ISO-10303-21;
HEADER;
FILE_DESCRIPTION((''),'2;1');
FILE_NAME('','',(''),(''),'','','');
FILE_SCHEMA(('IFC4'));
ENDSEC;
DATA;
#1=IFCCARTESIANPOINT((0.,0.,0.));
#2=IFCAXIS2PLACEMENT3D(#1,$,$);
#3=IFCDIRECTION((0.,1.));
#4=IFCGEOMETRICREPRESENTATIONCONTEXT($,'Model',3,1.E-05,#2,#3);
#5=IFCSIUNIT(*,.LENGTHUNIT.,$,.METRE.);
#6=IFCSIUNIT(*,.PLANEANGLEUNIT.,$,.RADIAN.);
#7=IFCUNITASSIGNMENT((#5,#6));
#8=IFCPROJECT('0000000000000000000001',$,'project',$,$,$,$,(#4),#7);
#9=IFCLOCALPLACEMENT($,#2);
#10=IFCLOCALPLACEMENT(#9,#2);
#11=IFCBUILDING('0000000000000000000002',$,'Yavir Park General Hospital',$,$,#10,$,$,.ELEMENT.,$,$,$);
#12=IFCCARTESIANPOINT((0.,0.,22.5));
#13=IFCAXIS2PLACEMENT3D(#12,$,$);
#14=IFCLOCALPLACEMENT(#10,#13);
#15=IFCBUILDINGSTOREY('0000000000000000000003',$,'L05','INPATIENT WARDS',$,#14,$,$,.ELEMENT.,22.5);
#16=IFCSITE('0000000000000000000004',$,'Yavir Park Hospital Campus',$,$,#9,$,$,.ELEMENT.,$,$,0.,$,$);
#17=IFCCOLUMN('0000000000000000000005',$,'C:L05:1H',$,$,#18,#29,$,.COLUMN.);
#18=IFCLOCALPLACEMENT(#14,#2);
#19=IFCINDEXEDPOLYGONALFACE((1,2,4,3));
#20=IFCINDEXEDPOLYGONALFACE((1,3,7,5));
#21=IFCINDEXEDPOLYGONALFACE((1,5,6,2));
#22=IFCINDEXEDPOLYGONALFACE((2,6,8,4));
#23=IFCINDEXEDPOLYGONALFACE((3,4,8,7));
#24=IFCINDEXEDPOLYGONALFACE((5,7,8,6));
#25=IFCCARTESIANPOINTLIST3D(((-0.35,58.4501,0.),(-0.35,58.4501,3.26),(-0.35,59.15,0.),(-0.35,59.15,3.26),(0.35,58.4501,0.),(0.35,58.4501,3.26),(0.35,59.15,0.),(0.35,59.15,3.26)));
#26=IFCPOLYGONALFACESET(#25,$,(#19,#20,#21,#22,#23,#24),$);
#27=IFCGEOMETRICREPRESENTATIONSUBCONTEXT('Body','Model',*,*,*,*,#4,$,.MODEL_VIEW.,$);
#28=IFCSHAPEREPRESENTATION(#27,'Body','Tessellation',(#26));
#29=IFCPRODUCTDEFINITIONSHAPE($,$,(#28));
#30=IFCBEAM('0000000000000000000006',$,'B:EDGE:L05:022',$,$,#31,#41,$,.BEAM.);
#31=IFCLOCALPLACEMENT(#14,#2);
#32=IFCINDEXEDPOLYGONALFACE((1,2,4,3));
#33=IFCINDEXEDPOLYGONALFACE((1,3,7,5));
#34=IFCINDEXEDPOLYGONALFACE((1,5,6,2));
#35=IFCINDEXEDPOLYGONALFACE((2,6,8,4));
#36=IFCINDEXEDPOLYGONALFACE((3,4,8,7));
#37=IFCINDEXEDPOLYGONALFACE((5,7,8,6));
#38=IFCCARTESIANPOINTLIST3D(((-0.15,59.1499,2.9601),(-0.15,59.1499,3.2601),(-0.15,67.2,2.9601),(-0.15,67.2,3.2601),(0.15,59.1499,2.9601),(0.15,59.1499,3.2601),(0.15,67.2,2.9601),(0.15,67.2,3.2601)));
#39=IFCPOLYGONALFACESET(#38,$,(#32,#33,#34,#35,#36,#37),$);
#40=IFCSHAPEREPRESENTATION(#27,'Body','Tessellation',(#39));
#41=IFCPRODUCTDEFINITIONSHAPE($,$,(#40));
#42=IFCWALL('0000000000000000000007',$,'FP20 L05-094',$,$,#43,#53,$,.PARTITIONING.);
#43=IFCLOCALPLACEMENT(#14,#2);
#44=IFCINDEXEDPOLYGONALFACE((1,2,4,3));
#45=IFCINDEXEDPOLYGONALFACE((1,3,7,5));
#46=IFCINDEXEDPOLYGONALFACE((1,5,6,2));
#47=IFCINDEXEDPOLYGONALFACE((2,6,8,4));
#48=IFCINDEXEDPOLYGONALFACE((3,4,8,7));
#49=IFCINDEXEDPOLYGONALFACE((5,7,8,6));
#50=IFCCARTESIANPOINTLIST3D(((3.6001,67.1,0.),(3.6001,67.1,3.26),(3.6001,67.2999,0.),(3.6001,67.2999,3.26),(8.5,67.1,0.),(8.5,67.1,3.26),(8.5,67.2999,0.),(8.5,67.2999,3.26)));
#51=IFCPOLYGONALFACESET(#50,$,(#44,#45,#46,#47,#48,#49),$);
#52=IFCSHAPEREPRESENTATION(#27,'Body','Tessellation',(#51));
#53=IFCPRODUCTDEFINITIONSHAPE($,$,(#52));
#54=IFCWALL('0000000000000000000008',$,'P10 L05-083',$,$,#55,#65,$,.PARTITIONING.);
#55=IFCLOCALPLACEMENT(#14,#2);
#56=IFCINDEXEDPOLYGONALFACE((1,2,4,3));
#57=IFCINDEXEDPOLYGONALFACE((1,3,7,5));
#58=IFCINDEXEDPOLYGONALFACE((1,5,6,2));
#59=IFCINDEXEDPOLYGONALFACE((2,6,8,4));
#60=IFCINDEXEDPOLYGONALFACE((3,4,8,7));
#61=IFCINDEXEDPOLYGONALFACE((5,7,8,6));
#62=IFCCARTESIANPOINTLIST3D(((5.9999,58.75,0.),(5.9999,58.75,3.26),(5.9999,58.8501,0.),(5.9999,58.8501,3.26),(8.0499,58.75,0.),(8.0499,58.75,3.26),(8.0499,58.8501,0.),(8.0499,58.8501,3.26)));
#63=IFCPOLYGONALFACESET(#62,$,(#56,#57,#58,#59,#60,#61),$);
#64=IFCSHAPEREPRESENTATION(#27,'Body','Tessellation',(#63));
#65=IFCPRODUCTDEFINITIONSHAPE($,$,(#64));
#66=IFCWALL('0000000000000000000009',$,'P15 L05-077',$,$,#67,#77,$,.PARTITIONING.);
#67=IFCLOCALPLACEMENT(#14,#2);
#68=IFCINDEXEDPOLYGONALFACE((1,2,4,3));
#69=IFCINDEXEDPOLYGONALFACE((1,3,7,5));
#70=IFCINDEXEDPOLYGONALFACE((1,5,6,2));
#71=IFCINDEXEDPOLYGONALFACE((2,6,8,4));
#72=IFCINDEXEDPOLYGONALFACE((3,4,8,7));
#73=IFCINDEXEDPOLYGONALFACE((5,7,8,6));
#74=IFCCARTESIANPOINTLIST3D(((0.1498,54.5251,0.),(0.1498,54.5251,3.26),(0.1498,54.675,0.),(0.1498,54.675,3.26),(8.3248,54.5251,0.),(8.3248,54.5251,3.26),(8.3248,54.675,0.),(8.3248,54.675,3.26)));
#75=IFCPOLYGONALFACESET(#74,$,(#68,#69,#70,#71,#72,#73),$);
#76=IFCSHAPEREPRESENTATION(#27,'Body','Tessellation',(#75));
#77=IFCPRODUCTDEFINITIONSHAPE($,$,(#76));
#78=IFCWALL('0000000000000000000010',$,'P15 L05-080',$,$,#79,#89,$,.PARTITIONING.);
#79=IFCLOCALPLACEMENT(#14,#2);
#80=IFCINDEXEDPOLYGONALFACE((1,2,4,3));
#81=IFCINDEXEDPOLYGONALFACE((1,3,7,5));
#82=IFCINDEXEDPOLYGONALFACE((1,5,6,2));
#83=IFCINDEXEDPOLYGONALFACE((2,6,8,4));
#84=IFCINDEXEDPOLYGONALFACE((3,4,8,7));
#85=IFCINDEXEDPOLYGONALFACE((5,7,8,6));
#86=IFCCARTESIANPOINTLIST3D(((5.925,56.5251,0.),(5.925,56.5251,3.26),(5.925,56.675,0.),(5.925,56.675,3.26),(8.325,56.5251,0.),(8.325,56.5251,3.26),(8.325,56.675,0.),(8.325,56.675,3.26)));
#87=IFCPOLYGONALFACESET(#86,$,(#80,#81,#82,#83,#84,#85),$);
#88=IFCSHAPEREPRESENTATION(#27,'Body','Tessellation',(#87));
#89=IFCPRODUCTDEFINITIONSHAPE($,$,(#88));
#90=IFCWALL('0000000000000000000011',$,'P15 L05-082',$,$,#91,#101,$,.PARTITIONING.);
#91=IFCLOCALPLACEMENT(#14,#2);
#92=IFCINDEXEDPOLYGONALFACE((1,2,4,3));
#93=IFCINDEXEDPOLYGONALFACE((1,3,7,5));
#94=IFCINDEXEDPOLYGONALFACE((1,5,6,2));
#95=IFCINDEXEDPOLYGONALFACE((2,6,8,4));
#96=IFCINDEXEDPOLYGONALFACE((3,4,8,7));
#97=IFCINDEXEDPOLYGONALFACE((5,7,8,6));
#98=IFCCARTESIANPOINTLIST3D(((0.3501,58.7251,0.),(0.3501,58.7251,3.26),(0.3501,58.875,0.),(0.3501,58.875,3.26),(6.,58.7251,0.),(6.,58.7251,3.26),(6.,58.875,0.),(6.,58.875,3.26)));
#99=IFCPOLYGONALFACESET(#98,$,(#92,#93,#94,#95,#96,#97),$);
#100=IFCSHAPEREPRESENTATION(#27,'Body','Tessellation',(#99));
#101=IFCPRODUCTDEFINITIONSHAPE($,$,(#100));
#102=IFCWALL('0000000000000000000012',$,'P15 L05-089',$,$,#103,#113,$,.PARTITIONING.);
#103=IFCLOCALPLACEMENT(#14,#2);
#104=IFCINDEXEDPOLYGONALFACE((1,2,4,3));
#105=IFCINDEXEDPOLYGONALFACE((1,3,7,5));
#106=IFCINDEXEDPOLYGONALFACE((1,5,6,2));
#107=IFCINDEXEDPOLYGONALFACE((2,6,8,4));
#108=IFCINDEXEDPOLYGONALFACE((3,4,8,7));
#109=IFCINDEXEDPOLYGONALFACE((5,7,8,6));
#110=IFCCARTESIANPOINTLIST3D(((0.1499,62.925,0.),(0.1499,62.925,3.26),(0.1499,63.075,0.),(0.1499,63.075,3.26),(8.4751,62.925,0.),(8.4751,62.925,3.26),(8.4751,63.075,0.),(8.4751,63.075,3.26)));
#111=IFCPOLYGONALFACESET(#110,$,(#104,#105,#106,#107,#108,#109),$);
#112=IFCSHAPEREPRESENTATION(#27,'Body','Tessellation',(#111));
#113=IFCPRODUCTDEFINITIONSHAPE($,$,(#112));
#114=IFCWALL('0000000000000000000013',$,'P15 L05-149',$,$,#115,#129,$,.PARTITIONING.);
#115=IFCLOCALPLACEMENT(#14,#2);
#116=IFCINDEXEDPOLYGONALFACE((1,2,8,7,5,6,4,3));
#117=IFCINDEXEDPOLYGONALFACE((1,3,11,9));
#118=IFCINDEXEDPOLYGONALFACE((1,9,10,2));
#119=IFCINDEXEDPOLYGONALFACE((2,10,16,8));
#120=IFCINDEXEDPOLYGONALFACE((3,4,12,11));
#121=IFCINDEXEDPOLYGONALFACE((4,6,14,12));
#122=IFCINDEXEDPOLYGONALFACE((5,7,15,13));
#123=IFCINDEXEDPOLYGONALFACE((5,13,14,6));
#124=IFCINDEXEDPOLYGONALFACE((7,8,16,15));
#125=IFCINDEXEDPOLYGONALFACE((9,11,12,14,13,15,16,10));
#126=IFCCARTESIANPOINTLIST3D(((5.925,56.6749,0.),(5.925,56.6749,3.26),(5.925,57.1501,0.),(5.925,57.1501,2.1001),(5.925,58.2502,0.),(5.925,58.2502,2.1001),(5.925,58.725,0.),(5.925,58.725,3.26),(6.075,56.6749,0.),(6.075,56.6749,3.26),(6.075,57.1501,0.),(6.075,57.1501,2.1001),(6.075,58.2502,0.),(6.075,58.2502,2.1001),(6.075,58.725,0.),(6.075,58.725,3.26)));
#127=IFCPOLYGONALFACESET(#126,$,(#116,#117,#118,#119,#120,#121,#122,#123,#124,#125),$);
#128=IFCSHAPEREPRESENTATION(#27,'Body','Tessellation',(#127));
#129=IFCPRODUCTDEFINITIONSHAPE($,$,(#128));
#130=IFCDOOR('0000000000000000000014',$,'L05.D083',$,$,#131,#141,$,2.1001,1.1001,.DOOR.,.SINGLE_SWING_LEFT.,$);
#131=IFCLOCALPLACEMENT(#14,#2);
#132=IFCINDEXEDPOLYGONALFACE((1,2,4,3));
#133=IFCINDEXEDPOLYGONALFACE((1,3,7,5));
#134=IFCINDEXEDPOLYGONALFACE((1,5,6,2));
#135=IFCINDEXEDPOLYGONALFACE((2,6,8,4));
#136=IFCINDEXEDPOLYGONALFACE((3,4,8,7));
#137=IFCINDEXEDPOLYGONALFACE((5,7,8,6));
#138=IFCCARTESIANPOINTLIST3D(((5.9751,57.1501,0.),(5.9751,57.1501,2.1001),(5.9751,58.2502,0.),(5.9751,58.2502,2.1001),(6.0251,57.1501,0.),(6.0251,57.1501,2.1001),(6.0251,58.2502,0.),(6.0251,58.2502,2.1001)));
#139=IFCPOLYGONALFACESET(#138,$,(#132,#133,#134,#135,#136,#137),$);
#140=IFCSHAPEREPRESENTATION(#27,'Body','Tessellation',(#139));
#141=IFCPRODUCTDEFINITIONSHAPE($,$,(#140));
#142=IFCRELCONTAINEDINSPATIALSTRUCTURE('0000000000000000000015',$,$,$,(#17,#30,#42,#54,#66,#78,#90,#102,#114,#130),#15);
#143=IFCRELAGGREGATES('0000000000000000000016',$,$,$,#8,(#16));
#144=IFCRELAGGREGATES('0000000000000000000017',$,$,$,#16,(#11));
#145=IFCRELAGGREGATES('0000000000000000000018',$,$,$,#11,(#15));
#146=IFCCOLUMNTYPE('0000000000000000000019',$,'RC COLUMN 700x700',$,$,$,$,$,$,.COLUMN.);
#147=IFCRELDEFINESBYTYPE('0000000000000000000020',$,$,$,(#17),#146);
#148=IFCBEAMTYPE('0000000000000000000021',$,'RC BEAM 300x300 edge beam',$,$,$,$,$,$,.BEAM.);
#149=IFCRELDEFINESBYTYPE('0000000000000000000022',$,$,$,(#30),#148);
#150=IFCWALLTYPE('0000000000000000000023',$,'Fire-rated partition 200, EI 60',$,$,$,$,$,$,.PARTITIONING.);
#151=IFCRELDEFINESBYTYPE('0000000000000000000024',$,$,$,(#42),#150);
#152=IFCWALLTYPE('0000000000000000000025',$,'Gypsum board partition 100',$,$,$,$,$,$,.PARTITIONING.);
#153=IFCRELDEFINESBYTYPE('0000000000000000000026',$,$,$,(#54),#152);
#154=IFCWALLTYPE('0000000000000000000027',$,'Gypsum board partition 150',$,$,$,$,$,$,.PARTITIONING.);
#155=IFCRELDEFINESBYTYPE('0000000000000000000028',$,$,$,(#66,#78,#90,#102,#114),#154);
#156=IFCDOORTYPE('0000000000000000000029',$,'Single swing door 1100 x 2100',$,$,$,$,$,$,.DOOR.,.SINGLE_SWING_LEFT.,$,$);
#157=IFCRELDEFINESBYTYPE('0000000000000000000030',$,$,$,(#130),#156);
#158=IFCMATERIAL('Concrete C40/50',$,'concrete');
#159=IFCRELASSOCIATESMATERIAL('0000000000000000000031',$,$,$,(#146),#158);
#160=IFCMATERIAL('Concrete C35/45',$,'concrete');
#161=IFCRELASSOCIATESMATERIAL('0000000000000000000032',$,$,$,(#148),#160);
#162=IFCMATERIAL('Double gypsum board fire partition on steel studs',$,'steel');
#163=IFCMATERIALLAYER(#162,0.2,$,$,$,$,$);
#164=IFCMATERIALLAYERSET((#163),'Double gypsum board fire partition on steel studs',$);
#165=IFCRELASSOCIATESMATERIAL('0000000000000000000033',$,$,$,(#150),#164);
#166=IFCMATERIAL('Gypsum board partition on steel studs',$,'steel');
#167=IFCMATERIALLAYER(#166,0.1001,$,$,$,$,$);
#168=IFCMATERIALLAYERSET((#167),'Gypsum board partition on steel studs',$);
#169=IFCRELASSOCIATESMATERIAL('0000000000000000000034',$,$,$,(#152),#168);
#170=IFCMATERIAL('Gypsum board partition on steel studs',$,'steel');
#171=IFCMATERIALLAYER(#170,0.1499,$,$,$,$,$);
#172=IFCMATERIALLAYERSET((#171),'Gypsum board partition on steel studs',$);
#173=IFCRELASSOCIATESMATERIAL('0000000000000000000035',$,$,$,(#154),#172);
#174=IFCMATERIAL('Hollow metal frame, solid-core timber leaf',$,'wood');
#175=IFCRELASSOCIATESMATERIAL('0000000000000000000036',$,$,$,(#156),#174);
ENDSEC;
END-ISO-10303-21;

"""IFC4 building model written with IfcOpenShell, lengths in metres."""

from ifc_helpers import new_model, si_unit, direction, frame, frame_2d, origin, origin_2d, place, context, subcontext, project, spatial, rectangle, extrude, material, layer, layer_set, material_profile, profile_set, type_object, element, fill, save


model = new_model("IFC4")

# Units and contexts
model_context = context("Model", 3, precision=1e-05, world=origin(), true_north=direction((0.0, 1.0)))
body_context = subcontext(model_context, "Body", "Model", "MODEL_VIEW")
ifc_project = project(units=[si_unit("LENGTHUNIT", "METRE"), si_unit("PLANEANGLEUNIT", "RADIAN")], contexts=[model_context])

# Site, building, storey
site_placement = place(None, origin())
site = spatial("IfcSite", under=ifc_project, at=site_placement, Name="Yavir Park Hospital Campus", CompositionType="ELEMENT", RefElevation=0.0)
building_placement = place(site_placement, origin())
building = spatial("IfcBuilding", under=site, at=building_placement, Name="Yavir Park General Hospital", CompositionType="ELEMENT")
storey_placement = place(building_placement, frame((0.0, 0.0, 22.5)))
storey = spatial("IfcBuildingStorey", under=building, at=storey_placement, Name="L05", Description="INPATIENT WARDS", CompositionType="ELEMENT", Elevation=22.5)

# Column
ifc_material_1 = material(Name="Concrete C40/50", Category="concrete")
ifc_material_profile_1 = material_profile(ifc_material_1, rectangle(XDim=0.7, YDim=0.7, at=origin_2d()), Name="RC700x700")
ifc_profile_set_1 = profile_set([ifc_material_profile_1], Name="Concrete C40/50")
column_type = type_object("IfcColumnType", Name="RC COLUMN 700x700", PredefinedType="COLUMN", material=ifc_profile_set_1)
column_placement = place(storey_placement, frame((0.0, 58.8, 0.0), z_axis=(0.0, 0.0, 1.0), x_axis=(1.0, 0.0, 0.0)))
element("IfcColumn", 1, at=column_placement, inside=storey, type_object=column_type, Name="C:L05:1H", PredefinedType="COLUMN", context=body_context, shape_type="SweptSolid", body=[
    extrude(rectangle(XDim=0.7, YDim=0.7, at=origin_2d()), origin(), (0.0, 0.0, 1.0), 3.26),
])

# Beam
ifc_material_2 = material(Name="Concrete C35/45", Category="concrete")
ifc_material_profile_2 = material_profile(ifc_material_2, rectangle(XDim=0.3, YDim=0.3, at=origin_2d()), Name="RC300x300")
ifc_profile_set_2 = profile_set([ifc_material_profile_2], Name="Concrete C35/45")
beam_type = type_object("IfcBeamType", Name="RC BEAM 300x300 edge beam", PredefinedType="BEAM", material=ifc_profile_set_2)
beam_placement = place(storey_placement, frame((0.0, 59.1499, 3.1101), z_axis=(0.0, 1.0, 0.0), x_axis=(-1.0, 0.0, 0.0)))
element("IfcBeam", 2, at=beam_placement, inside=storey, type_object=beam_type, Name="B:EDGE:L05:022", PredefinedType="BEAM", context=body_context, shape_type="SweptSolid", body=[
    extrude(rectangle(XDim=0.3, YDim=0.3, at=origin_2d()), origin(), (0.0, 0.0, 1.0), 8.05),
])

# Walls
ifc_material_3 = material(Name="Double gypsum board fire partition on steel studs", Category="steel")
ifc_layer_1 = layer(ifc_material_3, 0.2)
ifc_layer_set_1 = layer_set([ifc_layer_1], Name="Double gypsum board fire partition on steel studs")
wall_type_1 = type_object("IfcWallType", Name="Fire-rated partition 200, EI 60", PredefinedType="PARTITIONING", material=ifc_layer_set_1)
wall_1_placement = place(storey_placement, frame((3.6001, 67.2, 0.0), z_axis=(0.0, 0.0, 1.0), x_axis=(1.0, 0.0, 0.0)))
element("IfcWall", 3, at=wall_1_placement, inside=storey, type_object=wall_type_1, Name="FP20 L05-094", PredefinedType="PARTITIONING", context=body_context, shape_type="SweptSolid", body=[
    extrude(rectangle(XDim=4.8999, YDim=0.2, at=frame_2d((2.45, 0.0))), origin(), (0.0, 0.0, 1.0), 3.26),
])
ifc_material_4 = material(Name="Gypsum board partition on steel studs", Category="steel")
ifc_layer_2 = layer(ifc_material_4, 0.1001)
ifc_layer_set_2 = layer_set([ifc_layer_2], Name="Gypsum board partition on steel studs")
wall_type_2 = type_object("IfcWallType", Name="Gypsum board partition 100", PredefinedType="PARTITIONING", material=ifc_layer_set_2)
wall_2_placement = place(storey_placement, frame((6.0, 58.8, 0.0), z_axis=(0.0, 0.0, 1.0), x_axis=(1.0, 0.0, 0.0)))
element("IfcWall", 4, at=wall_2_placement, inside=storey, type_object=wall_type_2, Name="P10 L05-083", PredefinedType="PARTITIONING", context=body_context, shape_type="SweptSolid", body=[
    extrude(rectangle(XDim=2.05, YDim=0.1001, at=frame_2d((1.0249, 0.0))), origin(), (0.0, 0.0, 1.0), 3.26),
])
ifc_material_5 = material(Name="Gypsum board partition on steel studs", Category="steel")
ifc_layer_3 = layer(ifc_material_5, 0.1499)
ifc_layer_set_3 = layer_set([ifc_layer_3], Name="Gypsum board partition on steel studs")
wall_type_3 = type_object("IfcWallType", Name="Gypsum board partition 150", PredefinedType="PARTITIONING", material=ifc_layer_set_3)
wall_3_placement = place(storey_placement, frame((0.1499, 54.6001, 0.0), z_axis=(0.0, 0.0, 1.0), x_axis=(1.0, 0.0, 0.0)))
element("IfcWall", 5, at=wall_3_placement, inside=storey, type_object=wall_type_3, Name="P15 L05-077", PredefinedType="PARTITIONING", context=body_context, shape_type="SweptSolid", body=[
    extrude(rectangle(XDim=8.175, YDim=0.1499, at=frame_2d((4.0874, 0.0))), origin(), (0.0, 0.0, 1.0), 3.26),
])
wall_4_placement = place(storey_placement, frame((5.925, 56.6001, 0.0), z_axis=(0.0, 0.0, 1.0), x_axis=(1.0, 0.0, 0.0)))
element("IfcWall", 6, at=wall_4_placement, inside=storey, type_object=wall_type_3, Name="P15 L05-080", PredefinedType="PARTITIONING", context=body_context, shape_type="SweptSolid", body=[
    extrude(rectangle(XDim=2.3999, YDim=0.1499, at=frame_2d((1.2, 0.0))), origin(), (0.0, 0.0, 1.0), 3.26),
])
wall_5_placement = place(storey_placement, frame((0.3501, 58.8, 0.0), z_axis=(0.0, 0.0, 1.0), x_axis=(1.0, 0.0, 0.0)))
element("IfcWall", 7, at=wall_5_placement, inside=storey, type_object=wall_type_3, Name="P15 L05-082", PredefinedType="PARTITIONING", context=body_context, shape_type="SweptSolid", body=[
    extrude(rectangle(XDim=5.6499, YDim=0.1499, at=frame_2d((2.825, 0.0))), origin(), (0.0, 0.0, 1.0), 3.26),
])
wall_6_placement = place(storey_placement, frame((0.1499, 63.0, 0.0), z_axis=(0.0, 0.0, 1.0), x_axis=(1.0, 0.0, 0.0)))
element("IfcWall", 8, at=wall_6_placement, inside=storey, type_object=wall_type_3, Name="P15 L05-089", PredefinedType="PARTITIONING", context=body_context, shape_type="SweptSolid", body=[
    extrude(rectangle(XDim=8.3252, YDim=0.1499, at=frame_2d((4.1626, 0.0))), origin(), (0.0, 0.0, 1.0), 3.26),
])

# Wall, opening, door
wall_7_placement = place(storey_placement, frame((6.0, 56.675, 0.0), z_axis=(0.0, 0.0, 1.0), x_axis=(0.0, 1.0, 0.0)))
wall_7 = element("IfcWall", 9, at=wall_7_placement, inside=storey, type_object=wall_type_3, Name="P15 L05-149", PredefinedType="PARTITIONING", context=body_context, shape_type="SweptSolid", body=[
    extrude(rectangle(XDim=2.05, YDim=0.1499, at=frame_2d((1.0249, 0.0))), origin(), (0.0, 0.0, 1.0), 3.26),
])
opening_1_placement = place(wall_7_placement, frame((0.4751, 0.0, 0.0)))
opening_1 = element("IfcOpeningElement", 10, at=opening_1_placement, cuts=wall_7, PredefinedType="OPENING", context=body_context, shape_type="SweptSolid", body=[
    extrude(rectangle(XDim=1.1001, YDim=2.1001, at=frame_2d((0.55, 1.05))), frame((0.0, 0.085, 0.0), z_axis=(0.0, -1.0, 0.0), x_axis=(1.0, 0.0, 0.0)), (0.0, 0.0, 1.0), 0.1699),
])
ifc_material_6 = material(Name="Hollow metal frame, solid-core timber leaf", Category="wood")
door_type_1 = type_object("IfcDoorType", Name="Single swing door 1100 x 2100", OperationType="SINGLE_SWING_LEFT", PredefinedType="DOOR", material=ifc_material_6)
door_1_placement = place(opening_1_placement, origin())
door_1 = element("IfcDoor", 11, at=door_1_placement, inside=storey, type_object=door_type_1, Name="L05.D083", OperationType="SINGLE_SWING_LEFT", OverallHeight=2.1001, OverallWidth=1.1001, PredefinedType="DOOR", context=body_context, shape_type="SweptSolid", body=[
    extrude(rectangle(XDim=1.1001, YDim=2.1001, at=frame_2d((0.55, 1.05))), frame((0.0, 0.0249, 0.0), z_axis=(0.0, -1.0, 0.0), x_axis=(1.0, 0.0, 0.0)), (0.0, 0.0, 1.0), 0.05),
])
fill(opening_1, door_1)

save(model, "model.ifc")
